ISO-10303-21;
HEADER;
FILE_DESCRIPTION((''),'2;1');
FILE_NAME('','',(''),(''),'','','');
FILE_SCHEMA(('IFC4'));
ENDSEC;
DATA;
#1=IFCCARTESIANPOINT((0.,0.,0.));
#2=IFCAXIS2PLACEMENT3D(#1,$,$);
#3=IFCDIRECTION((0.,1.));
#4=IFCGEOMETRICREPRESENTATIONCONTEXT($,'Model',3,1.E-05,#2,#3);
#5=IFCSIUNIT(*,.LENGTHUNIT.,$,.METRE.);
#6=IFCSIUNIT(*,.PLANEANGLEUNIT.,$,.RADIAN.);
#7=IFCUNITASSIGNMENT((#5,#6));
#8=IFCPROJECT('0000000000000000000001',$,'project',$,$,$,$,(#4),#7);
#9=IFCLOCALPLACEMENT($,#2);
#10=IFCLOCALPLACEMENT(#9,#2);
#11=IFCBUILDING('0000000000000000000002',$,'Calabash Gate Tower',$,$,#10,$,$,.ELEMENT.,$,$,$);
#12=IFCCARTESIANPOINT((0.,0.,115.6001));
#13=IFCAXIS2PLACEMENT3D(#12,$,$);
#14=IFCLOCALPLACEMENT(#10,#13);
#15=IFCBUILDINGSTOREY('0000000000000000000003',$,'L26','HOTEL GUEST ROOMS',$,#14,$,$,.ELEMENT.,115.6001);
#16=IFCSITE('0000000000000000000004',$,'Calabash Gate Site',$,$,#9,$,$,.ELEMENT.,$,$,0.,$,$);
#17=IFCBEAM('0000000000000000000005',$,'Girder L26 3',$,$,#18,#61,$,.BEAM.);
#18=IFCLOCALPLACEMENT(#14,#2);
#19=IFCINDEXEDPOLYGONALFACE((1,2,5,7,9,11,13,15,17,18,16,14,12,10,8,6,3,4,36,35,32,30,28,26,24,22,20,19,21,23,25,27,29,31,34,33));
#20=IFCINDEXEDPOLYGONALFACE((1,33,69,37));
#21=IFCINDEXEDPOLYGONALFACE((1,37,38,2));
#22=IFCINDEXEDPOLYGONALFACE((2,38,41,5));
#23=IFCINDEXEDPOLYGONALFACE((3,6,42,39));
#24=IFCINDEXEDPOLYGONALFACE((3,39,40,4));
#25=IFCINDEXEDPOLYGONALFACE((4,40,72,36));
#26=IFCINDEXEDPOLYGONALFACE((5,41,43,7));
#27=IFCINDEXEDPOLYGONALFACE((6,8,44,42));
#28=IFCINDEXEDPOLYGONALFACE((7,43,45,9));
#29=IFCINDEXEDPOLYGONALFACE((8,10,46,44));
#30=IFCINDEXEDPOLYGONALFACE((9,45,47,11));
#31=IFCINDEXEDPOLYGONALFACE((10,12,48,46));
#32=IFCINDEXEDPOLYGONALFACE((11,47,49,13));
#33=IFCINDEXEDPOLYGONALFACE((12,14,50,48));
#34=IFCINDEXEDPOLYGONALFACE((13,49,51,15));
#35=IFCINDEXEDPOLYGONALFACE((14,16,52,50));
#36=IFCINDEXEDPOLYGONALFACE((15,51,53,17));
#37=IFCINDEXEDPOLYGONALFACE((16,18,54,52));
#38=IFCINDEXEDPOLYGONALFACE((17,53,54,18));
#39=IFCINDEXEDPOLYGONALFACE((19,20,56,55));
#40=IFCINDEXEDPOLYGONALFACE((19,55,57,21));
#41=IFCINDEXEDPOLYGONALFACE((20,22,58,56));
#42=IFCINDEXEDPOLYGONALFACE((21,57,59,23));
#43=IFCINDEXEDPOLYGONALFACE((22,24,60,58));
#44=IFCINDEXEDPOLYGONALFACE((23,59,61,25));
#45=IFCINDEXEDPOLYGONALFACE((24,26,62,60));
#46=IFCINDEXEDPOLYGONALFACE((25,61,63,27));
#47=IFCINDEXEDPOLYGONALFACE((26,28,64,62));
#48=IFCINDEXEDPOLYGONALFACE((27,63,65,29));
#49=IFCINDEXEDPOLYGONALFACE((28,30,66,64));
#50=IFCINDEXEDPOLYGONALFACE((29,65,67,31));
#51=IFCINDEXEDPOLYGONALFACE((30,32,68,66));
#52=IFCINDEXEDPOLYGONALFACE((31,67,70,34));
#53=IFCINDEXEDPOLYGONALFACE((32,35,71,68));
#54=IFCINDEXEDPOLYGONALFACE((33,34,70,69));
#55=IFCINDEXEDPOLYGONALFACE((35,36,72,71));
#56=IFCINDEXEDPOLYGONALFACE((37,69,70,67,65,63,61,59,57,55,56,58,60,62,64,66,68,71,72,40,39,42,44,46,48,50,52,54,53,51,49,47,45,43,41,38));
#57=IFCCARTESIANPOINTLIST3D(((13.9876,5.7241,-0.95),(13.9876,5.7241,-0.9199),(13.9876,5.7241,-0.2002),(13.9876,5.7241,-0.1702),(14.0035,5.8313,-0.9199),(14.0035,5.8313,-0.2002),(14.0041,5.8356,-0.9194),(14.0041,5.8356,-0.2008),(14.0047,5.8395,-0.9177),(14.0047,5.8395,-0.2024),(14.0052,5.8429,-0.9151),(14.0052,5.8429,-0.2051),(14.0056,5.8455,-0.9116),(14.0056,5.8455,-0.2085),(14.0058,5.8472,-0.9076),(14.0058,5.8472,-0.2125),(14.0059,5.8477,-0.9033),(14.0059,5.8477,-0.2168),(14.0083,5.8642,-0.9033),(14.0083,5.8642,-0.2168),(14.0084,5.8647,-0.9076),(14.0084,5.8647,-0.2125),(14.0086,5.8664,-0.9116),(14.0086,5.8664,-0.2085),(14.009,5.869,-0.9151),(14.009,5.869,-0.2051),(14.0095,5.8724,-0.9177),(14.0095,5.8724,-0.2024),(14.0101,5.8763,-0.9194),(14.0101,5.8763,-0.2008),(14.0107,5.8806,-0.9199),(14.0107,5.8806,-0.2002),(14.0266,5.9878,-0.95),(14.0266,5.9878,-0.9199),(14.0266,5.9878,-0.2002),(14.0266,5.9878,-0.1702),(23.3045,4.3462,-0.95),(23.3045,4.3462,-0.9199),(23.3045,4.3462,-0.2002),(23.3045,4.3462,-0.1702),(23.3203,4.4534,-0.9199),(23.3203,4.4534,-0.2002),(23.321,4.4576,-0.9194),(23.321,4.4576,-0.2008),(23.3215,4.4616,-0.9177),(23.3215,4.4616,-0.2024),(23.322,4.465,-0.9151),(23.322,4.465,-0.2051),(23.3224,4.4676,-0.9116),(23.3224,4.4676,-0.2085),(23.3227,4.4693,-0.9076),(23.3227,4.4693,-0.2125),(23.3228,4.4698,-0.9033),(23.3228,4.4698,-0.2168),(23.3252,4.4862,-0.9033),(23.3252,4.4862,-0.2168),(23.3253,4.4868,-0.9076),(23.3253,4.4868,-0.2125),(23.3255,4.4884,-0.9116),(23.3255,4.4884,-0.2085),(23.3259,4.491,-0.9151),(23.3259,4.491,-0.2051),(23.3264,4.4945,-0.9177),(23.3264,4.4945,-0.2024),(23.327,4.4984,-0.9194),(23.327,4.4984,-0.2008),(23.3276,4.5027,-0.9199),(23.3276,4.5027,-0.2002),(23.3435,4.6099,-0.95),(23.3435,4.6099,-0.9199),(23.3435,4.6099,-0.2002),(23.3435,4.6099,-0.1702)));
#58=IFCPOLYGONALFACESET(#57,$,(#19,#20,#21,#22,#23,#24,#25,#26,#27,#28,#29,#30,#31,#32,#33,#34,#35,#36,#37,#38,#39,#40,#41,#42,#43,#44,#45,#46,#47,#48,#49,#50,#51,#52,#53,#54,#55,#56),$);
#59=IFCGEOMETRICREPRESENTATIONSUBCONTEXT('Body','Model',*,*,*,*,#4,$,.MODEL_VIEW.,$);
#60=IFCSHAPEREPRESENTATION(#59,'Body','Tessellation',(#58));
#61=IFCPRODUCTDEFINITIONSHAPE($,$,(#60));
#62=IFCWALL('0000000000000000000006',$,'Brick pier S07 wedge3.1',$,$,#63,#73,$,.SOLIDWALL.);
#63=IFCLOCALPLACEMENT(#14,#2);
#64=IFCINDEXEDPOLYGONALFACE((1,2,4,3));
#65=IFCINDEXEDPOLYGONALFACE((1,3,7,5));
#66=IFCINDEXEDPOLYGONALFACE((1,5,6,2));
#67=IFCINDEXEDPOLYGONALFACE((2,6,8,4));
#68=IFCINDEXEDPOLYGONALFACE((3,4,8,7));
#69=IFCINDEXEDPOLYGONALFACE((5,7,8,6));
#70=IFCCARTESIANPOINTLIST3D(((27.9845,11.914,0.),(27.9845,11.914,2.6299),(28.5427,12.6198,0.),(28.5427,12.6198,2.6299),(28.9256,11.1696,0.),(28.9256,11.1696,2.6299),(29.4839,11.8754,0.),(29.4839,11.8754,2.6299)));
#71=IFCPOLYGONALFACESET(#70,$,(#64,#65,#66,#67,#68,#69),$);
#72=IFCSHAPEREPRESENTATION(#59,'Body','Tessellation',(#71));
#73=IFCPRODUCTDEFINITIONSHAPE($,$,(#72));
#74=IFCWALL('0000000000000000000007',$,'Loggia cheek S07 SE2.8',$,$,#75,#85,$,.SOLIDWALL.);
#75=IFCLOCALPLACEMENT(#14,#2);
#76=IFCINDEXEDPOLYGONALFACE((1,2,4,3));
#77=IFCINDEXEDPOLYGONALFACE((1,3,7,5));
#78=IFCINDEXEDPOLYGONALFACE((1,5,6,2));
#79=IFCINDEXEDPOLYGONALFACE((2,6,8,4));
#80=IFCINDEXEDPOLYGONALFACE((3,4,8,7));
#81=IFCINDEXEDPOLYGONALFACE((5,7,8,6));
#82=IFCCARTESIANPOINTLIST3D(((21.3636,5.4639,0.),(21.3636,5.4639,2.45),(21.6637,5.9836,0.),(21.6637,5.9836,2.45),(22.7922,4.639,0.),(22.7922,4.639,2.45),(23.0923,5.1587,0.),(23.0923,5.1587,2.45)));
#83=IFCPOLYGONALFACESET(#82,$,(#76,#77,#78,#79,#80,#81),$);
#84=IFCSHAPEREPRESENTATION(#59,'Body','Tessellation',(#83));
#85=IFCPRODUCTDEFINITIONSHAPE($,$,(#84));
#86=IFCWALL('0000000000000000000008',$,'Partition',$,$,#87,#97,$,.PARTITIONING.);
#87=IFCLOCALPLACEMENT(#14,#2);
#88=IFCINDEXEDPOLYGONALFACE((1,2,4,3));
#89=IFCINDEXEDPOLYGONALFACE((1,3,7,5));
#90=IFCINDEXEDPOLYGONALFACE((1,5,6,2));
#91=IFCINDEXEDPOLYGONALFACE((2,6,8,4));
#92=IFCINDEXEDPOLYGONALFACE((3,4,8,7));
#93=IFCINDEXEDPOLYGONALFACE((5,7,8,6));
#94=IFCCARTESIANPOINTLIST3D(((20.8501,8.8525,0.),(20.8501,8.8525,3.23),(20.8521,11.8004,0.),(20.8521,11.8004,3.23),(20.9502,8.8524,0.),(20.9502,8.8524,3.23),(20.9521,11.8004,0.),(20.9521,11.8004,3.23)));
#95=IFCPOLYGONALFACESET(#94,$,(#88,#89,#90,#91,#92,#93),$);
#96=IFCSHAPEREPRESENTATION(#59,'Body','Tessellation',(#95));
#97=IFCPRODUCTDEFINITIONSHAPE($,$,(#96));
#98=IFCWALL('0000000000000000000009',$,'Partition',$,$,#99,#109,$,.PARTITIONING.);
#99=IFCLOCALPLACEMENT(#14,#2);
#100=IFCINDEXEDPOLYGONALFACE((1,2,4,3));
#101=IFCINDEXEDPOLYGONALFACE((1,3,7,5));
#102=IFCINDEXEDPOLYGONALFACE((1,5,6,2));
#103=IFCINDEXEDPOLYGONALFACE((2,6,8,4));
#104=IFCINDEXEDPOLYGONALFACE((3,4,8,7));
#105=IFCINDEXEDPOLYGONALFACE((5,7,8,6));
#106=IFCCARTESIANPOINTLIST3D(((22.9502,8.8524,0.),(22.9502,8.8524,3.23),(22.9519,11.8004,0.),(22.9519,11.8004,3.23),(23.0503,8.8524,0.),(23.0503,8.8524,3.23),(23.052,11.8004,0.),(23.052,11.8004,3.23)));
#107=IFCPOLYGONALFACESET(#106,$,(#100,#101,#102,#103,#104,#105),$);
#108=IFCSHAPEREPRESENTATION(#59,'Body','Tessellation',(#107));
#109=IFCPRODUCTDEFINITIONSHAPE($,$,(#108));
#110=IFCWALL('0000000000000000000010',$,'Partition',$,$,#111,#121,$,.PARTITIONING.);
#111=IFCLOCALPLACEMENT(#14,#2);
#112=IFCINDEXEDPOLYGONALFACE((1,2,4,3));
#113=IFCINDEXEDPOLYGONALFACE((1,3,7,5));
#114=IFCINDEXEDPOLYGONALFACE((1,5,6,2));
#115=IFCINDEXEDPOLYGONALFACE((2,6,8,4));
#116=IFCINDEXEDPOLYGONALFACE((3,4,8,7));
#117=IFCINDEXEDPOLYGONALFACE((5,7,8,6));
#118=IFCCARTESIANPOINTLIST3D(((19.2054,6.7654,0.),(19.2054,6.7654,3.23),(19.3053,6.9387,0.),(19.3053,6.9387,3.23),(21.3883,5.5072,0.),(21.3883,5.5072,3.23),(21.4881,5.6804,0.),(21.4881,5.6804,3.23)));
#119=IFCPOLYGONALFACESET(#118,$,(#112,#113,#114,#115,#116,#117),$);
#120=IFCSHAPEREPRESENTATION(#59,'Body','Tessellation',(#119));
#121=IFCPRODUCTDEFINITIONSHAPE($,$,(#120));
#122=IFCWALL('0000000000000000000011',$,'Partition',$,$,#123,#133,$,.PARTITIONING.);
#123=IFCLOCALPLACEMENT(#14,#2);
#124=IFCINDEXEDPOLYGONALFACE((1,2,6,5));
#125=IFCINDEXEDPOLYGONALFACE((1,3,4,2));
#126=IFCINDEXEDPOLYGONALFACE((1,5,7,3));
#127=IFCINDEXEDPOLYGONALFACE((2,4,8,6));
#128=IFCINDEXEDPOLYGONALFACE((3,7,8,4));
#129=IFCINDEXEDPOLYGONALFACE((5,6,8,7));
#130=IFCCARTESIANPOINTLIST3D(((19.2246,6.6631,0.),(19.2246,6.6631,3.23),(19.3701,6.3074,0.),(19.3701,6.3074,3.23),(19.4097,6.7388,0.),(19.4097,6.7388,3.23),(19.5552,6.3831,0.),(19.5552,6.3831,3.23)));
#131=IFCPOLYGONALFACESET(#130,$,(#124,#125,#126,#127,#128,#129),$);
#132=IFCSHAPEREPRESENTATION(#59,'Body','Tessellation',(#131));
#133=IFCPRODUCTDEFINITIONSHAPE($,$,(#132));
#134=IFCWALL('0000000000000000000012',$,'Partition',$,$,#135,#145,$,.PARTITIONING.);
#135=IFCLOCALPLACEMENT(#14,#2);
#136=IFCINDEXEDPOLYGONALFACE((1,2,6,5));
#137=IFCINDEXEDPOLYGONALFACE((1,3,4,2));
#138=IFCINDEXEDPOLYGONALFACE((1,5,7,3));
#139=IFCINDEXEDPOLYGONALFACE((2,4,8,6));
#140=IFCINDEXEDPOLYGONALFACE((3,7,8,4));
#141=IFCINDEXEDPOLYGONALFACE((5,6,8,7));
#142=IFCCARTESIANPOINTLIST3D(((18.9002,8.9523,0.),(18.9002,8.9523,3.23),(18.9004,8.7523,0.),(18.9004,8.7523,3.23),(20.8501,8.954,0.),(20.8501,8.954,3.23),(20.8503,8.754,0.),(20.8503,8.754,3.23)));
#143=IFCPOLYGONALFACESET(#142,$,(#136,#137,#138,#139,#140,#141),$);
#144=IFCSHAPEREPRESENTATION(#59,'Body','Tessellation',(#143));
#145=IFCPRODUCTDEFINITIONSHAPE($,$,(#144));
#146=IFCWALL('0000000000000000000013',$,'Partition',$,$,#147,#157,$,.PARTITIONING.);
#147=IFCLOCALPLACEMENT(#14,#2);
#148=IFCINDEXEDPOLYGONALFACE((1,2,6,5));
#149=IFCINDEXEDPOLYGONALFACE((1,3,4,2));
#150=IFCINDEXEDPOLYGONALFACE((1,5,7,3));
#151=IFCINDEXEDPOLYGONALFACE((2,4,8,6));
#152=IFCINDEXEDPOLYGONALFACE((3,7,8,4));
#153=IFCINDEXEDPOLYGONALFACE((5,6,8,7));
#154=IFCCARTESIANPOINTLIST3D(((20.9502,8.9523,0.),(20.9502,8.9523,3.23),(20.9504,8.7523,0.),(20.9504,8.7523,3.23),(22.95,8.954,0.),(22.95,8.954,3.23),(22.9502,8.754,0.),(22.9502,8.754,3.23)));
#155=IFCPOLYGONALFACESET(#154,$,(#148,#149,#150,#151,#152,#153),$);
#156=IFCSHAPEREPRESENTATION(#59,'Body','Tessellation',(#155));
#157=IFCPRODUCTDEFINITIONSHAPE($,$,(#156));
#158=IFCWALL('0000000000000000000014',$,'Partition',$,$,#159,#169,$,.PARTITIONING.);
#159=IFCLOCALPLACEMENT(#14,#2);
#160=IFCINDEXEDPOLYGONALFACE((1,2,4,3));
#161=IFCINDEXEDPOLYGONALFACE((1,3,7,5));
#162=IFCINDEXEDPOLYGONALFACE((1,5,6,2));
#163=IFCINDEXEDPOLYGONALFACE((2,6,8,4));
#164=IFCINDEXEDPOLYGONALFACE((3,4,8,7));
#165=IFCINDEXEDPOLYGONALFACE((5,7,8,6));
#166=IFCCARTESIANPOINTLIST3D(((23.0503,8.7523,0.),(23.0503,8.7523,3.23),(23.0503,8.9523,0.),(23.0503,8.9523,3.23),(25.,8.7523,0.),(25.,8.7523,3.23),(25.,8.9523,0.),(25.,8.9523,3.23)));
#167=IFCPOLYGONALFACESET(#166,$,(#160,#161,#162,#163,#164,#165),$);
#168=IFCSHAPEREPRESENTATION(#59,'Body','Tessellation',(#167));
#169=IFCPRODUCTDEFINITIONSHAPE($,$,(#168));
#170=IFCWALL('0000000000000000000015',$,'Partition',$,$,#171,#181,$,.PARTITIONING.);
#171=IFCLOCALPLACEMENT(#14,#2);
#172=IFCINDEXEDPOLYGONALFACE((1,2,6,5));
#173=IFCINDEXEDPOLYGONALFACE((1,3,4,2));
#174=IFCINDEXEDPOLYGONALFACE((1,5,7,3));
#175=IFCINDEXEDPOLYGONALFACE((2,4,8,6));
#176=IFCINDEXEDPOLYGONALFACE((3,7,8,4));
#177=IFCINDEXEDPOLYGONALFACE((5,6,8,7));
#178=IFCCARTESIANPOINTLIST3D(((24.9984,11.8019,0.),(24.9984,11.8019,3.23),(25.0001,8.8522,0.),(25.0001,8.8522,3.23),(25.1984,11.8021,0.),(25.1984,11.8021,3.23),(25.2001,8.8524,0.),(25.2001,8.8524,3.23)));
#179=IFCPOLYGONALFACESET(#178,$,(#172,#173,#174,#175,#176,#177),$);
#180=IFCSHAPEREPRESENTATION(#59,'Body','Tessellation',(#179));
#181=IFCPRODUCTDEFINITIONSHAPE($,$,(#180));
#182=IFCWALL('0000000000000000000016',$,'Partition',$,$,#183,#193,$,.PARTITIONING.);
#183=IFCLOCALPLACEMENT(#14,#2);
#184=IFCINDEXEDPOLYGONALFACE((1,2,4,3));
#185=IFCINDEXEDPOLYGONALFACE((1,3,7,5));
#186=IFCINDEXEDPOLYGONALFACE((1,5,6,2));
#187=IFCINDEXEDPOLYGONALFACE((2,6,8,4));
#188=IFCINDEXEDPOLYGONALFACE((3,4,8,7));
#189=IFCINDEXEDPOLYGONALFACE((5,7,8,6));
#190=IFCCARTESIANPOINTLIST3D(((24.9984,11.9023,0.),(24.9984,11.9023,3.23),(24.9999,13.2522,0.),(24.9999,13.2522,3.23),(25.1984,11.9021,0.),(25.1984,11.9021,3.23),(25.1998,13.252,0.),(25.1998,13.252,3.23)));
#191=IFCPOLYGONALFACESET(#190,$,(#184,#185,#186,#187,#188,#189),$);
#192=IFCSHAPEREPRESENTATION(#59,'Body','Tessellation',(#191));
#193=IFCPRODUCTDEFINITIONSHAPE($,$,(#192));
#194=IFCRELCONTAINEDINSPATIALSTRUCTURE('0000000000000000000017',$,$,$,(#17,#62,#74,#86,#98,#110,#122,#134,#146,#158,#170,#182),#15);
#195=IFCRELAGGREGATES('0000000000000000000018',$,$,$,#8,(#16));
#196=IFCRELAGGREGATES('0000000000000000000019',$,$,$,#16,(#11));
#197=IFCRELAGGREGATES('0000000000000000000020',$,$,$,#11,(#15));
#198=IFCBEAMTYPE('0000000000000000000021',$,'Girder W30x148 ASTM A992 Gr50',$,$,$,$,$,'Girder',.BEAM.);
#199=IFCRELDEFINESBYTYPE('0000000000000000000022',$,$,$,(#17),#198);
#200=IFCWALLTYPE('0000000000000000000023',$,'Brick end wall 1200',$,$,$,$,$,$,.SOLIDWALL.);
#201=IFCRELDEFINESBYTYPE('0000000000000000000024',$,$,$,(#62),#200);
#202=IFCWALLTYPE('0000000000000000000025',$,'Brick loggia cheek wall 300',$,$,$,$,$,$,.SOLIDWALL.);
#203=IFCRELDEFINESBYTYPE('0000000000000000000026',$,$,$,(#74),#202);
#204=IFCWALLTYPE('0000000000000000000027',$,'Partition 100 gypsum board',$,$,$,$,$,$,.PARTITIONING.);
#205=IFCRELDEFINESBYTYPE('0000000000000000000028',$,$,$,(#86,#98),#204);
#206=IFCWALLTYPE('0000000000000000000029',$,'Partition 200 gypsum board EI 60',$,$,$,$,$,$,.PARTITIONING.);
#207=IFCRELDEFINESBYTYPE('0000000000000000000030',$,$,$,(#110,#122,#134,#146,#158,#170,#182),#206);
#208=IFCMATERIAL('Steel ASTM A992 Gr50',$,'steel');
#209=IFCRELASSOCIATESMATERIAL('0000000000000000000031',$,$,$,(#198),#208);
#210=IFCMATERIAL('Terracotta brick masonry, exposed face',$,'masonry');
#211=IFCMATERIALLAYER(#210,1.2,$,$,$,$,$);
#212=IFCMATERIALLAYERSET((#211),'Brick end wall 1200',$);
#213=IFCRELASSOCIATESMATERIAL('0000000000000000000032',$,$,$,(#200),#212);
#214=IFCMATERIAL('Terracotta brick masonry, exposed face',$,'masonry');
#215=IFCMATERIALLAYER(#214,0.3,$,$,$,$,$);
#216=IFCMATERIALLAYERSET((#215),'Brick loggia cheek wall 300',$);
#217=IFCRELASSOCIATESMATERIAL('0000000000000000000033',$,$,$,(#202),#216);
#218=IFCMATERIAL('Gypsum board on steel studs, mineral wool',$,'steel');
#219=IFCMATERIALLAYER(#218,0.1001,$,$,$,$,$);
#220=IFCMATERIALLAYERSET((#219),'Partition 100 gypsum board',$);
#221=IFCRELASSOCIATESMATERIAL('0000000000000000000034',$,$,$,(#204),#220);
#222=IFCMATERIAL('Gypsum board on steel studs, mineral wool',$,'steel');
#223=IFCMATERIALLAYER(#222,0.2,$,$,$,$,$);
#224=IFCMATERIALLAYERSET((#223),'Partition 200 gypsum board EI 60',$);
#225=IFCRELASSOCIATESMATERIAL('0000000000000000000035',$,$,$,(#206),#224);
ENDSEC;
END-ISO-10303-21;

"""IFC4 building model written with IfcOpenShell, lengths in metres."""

from ifc_helpers import new_model, si_unit, direction, frame, frame_2d, origin, origin_2d, place, context, subcontext, project, spatial, rectangle, i_section, extrude, material, layer, layer_set, material_profile, profile_set, type_object, element, save


model = new_model("IFC4")

# Units and contexts
model_context = context("Model", 3, precision=1e-05, world=origin(), true_north=direction((0.0, 1.0)))
body_context = subcontext(model_context, "Body", "Model", "MODEL_VIEW")
ifc_project = project(units=[si_unit("LENGTHUNIT", "METRE"), si_unit("PLANEANGLEUNIT", "RADIAN")], contexts=[model_context])

# Site, building, storey
site_placement = place(None, origin())
site = spatial("IfcSite", under=ifc_project, at=site_placement, Name="Calabash Gate Site", CompositionType="ELEMENT", RefElevation=0.0)
building_placement = place(site_placement, origin())
building = spatial("IfcBuilding", under=site, at=building_placement, Name="Calabash Gate Tower", CompositionType="ELEMENT")
storey_placement = place(building_placement, frame((0.0, 0.0, 115.6001)))
storey = spatial("IfcBuildingStorey", under=building, at=storey_placement, Name="L26", Description="HOTEL GUEST ROOMS", CompositionType="ELEMENT", Elevation=115.6001)

# Beam
ifc_material_1 = material(Name="Steel ASTM A992 Gr50", Category="steel")
ifc_material_profile_1 = material_profile(ifc_material_1, i_section(OverallWidth=0.2666, OverallDepth=0.7798, WebThickness=0.0166, FlangeThickness=0.03, FilletRadius=0.0166, at=origin_2d()))
ifc_profile_set_1 = profile_set([ifc_material_profile_1], Name="Steel ASTM A992 Gr50")
beam_type_1 = type_object("IfcBeamType", Name="Girder W30x148 ASTM A992 Gr50", ElementType="Girder", PredefinedType="BEAM", material=ifc_profile_set_1)
beam_1_placement = place(storey_placement, frame((23.324, 4.478, -0.5601), z_axis=(-0.98924, 0.146304, 0.0), x_axis=(-0.146304, -0.98924, 0.0)))
element("IfcBeam", 1, at=beam_1_placement, inside=storey, type_object=beam_type_1, Name="Girder L26 3", PredefinedType="BEAM", context=body_context, shape_type="SweptSolid", body=[
    extrude(i_section(OverallWidth=0.2666, OverallDepth=0.7798, WebThickness=0.0166, FlangeThickness=0.03, FilletRadius=0.0166, at=origin_2d()), origin(), (0.0, 0.0, 1.0), 9.4182),
])

# Walls
ifc_material_2 = material(Name="Terracotta brick masonry, exposed face", Category="masonry")
ifc_layer_1 = layer(ifc_material_2, 1.2)
ifc_layer_set_1 = layer_set([ifc_layer_1], Name="Brick end wall 1200")
wall_type_1 = type_object("IfcWallType", Name="Brick end wall 1200", PredefinedType="SOLIDWALL", material=ifc_layer_set_1)
wall_1_placement = place(storey_placement, frame((29.2048, 11.5225, 0.0), z_axis=(0.0, 0.0, 1.0), x_axis=(-0.78433, 0.620343, 0.0)))
element("IfcWall", 2, at=wall_1_placement, inside=storey, type_object=wall_type_1, Name="Brick pier S07 wedge3.1", PredefinedType="SOLIDWALL", context=body_context, shape_type="SweptSolid", body=[
    extrude(rectangle(XDim=1.2, YDim=0.8999, at=frame_2d((0.6001, 0.0))), origin(), (0.0, 0.0, 1.0), 2.6299),
])
ifc_material_3 = material(Name="Terracotta brick masonry, exposed face", Category="masonry")
ifc_layer_2 = layer(ifc_material_3, 0.3)
ifc_layer_set_2 = layer_set([ifc_layer_2], Name="Brick loggia cheek wall 300")
wall_type_2 = type_object("IfcWallType", Name="Brick loggia cheek wall 300", PredefinedType="SOLIDWALL", material=ifc_layer_set_2)
wall_2_placement = place(storey_placement, frame((22.9421, 4.8989, 0.0), z_axis=(0.0, 0.0, 1.0), x_axis=(-0.866003, 0.500038, 0.0)))
element("IfcWall", 3, at=wall_2_placement, inside=storey, type_object=wall_type_2, Name="Loggia cheek S07 SE2.8", PredefinedType="SOLIDWALL", context=body_context, shape_type="SweptSolid", body=[
    extrude(rectangle(XDim=1.6497, YDim=0.6001, at=frame_2d((0.8247, 0.0))), origin(), (0.0, 0.0, 1.0), 2.45),
])
ifc_material_4 = material(Name="Gypsum board on steel studs, mineral wool", Category="steel")
ifc_layer_3 = layer(ifc_material_4, 0.1001)
ifc_layer_set_3 = layer_set([ifc_layer_3], Name="Partition 100 gypsum board")
wall_type_3 = type_object("IfcWallType", Name="Partition 100 gypsum board", PredefinedType="PARTITIONING", material=ifc_layer_set_3)
for number, where, z_axis, x_axis, name in (
    (4, (20.9001, 8.8523, 0.0), (0.0, 0.0, 1.0), (0.000663, 1.0, 0.0), "Partition"),
    (5, (23.0002, 8.8523, 0.0), (0.0, 0.0, 1.0), (0.00058, 1.0, 0.0), "Partition"),
):
    element("IfcWall", number, at=place(storey_placement, frame(where, z_axis=z_axis, x_axis=x_axis)), inside=storey, type_object=wall_type_3, Name=name, PredefinedType="PARTITIONING", context=body_context, shape_type="SweptSolid", body=[
        extrude(rectangle(XDim=2.948, YDim=0.1001, at=frame_2d((1.4741, 0.0))), origin(), (0.0, 0.0, 1.0), 3.23),
    ])
ifc_material_5 = material(Name="Gypsum board on steel studs, mineral wool", Category="steel")
ifc_layer_4 = layer(ifc_material_5, 0.2)
ifc_layer_set_4 = layer_set([ifc_layer_4], Name="Partition 200 gypsum board EI 60")
wall_type_4 = type_object("IfcWallType", Name="Partition 200 gypsum board EI 60", PredefinedType="PARTITIONING", material=ifc_layer_set_4)
wall_3_placement = place(storey_placement, frame((19.2554, 6.8521, 0.0), z_axis=(0.0, 0.0, 1.0), x_axis=(0.866365, -0.499412, 0.0)))
element("IfcWall", 6, at=wall_3_placement, inside=storey, type_object=wall_type_4, Name="Partition", PredefinedType="PARTITIONING", context=body_context, shape_type="SweptSolid", body=[
    extrude(rectangle(XDim=2.5195, YDim=0.2, at=frame_2d((1.2598, 0.0))), origin(), (0.0, 0.0, 1.0), 3.23),
])
wall_4_placement = place(storey_placement, frame((19.3171, 6.7009, 0.0), z_axis=(0.0, 0.0, 1.0), x_axis=(0.378608, -0.925557, 0.0)))
element("IfcWall", 7, at=wall_4_placement, inside=storey, type_object=wall_type_4, Name="Partition", PredefinedType="PARTITIONING", context=body_context, shape_type="SweptSolid", body=[
    extrude(rectangle(XDim=0.3843, YDim=0.2, at=frame_2d((0.1921, 0.0))), origin(), (0.0, 0.0, 1.0), 3.23),
])
wall_5_placement = place(storey_placement, frame((18.9001, 8.8523, 0.0), z_axis=(0.0, 0.0, 1.0), x_axis=(1.0, 0.000876, 0.0)))
element("IfcWall", 8, at=wall_5_placement, inside=storey, type_object=wall_type_4, Name="Partition", PredefinedType="PARTITIONING", context=body_context, shape_type="SweptSolid", body=[
    extrude(rectangle(XDim=1.95, YDim=0.2, at=frame_2d((0.9751, 0.0))), origin(), (0.0, 0.0, 1.0), 3.23),
])
wall_6_placement = place(storey_placement, frame((20.9502, 8.8523, 0.0), z_axis=(0.0, 0.0, 1.0), x_axis=(1.0, 0.000855, 0.0)))
element("IfcWall", 9, at=wall_6_placement, inside=storey, type_object=wall_type_4, Name="Partition", PredefinedType="PARTITIONING", context=body_context, shape_type="SweptSolid", body=[
    extrude(rectangle(XDim=1.9998, YDim=0.2, at=frame_2d((1.0, 0.0))), origin(), (0.0, 0.0, 1.0), 3.23),
])
wall_7_placement = place(storey_placement, frame((23.0503, 8.8523, 0.0), z_axis=(0.0, 0.0, 1.0), x_axis=(1.0, 0.0, 0.0)))
element("IfcWall", 10, at=wall_7_placement, inside=storey, type_object=wall_type_4, Name="Partition", PredefinedType="PARTITIONING", context=body_context, shape_type="SweptSolid", body=[
    extrude(rectangle(XDim=1.9497, YDim=0.2, at=frame_2d((0.9749, 0.0))), origin(), (0.0, 0.0, 1.0), 3.23),
])
wall_8_placement = place(storey_placement, frame((25.0984, 11.802, 0.0), z_axis=(0.0, 0.0, 1.0), x_axis=(0.000579, -1.0, 0.0)))
element("IfcWall", 11, at=wall_8_placement, inside=storey, type_object=wall_type_4, Name="Partition", PredefinedType="PARTITIONING", context=body_context, shape_type="SweptSolid", body=[
    extrude(rectangle(XDim=2.9497, YDim=0.2, at=frame_2d((1.4749, 0.0))), origin(), (0.0, 0.0, 1.0), 3.23),
])
wall_9_placement = place(storey_placement, frame((25.0984, 11.9023, 0.0), z_axis=(0.0, 0.0, 1.0), x_axis=(0.001085, 0.999999, 0.0)))
element("IfcWall", 12, at=wall_9_placement, inside=storey, type_object=wall_type_4, Name="Partition", PredefinedType="PARTITIONING", context=body_context, shape_type="SweptSolid", body=[
    extrude(rectangle(XDim=1.3499, YDim=0.2, at=frame_2d((0.6748, 0.0))), origin(), (0.0, 0.0, 1.0), 3.23),
])

save(model, "model.ifc")
